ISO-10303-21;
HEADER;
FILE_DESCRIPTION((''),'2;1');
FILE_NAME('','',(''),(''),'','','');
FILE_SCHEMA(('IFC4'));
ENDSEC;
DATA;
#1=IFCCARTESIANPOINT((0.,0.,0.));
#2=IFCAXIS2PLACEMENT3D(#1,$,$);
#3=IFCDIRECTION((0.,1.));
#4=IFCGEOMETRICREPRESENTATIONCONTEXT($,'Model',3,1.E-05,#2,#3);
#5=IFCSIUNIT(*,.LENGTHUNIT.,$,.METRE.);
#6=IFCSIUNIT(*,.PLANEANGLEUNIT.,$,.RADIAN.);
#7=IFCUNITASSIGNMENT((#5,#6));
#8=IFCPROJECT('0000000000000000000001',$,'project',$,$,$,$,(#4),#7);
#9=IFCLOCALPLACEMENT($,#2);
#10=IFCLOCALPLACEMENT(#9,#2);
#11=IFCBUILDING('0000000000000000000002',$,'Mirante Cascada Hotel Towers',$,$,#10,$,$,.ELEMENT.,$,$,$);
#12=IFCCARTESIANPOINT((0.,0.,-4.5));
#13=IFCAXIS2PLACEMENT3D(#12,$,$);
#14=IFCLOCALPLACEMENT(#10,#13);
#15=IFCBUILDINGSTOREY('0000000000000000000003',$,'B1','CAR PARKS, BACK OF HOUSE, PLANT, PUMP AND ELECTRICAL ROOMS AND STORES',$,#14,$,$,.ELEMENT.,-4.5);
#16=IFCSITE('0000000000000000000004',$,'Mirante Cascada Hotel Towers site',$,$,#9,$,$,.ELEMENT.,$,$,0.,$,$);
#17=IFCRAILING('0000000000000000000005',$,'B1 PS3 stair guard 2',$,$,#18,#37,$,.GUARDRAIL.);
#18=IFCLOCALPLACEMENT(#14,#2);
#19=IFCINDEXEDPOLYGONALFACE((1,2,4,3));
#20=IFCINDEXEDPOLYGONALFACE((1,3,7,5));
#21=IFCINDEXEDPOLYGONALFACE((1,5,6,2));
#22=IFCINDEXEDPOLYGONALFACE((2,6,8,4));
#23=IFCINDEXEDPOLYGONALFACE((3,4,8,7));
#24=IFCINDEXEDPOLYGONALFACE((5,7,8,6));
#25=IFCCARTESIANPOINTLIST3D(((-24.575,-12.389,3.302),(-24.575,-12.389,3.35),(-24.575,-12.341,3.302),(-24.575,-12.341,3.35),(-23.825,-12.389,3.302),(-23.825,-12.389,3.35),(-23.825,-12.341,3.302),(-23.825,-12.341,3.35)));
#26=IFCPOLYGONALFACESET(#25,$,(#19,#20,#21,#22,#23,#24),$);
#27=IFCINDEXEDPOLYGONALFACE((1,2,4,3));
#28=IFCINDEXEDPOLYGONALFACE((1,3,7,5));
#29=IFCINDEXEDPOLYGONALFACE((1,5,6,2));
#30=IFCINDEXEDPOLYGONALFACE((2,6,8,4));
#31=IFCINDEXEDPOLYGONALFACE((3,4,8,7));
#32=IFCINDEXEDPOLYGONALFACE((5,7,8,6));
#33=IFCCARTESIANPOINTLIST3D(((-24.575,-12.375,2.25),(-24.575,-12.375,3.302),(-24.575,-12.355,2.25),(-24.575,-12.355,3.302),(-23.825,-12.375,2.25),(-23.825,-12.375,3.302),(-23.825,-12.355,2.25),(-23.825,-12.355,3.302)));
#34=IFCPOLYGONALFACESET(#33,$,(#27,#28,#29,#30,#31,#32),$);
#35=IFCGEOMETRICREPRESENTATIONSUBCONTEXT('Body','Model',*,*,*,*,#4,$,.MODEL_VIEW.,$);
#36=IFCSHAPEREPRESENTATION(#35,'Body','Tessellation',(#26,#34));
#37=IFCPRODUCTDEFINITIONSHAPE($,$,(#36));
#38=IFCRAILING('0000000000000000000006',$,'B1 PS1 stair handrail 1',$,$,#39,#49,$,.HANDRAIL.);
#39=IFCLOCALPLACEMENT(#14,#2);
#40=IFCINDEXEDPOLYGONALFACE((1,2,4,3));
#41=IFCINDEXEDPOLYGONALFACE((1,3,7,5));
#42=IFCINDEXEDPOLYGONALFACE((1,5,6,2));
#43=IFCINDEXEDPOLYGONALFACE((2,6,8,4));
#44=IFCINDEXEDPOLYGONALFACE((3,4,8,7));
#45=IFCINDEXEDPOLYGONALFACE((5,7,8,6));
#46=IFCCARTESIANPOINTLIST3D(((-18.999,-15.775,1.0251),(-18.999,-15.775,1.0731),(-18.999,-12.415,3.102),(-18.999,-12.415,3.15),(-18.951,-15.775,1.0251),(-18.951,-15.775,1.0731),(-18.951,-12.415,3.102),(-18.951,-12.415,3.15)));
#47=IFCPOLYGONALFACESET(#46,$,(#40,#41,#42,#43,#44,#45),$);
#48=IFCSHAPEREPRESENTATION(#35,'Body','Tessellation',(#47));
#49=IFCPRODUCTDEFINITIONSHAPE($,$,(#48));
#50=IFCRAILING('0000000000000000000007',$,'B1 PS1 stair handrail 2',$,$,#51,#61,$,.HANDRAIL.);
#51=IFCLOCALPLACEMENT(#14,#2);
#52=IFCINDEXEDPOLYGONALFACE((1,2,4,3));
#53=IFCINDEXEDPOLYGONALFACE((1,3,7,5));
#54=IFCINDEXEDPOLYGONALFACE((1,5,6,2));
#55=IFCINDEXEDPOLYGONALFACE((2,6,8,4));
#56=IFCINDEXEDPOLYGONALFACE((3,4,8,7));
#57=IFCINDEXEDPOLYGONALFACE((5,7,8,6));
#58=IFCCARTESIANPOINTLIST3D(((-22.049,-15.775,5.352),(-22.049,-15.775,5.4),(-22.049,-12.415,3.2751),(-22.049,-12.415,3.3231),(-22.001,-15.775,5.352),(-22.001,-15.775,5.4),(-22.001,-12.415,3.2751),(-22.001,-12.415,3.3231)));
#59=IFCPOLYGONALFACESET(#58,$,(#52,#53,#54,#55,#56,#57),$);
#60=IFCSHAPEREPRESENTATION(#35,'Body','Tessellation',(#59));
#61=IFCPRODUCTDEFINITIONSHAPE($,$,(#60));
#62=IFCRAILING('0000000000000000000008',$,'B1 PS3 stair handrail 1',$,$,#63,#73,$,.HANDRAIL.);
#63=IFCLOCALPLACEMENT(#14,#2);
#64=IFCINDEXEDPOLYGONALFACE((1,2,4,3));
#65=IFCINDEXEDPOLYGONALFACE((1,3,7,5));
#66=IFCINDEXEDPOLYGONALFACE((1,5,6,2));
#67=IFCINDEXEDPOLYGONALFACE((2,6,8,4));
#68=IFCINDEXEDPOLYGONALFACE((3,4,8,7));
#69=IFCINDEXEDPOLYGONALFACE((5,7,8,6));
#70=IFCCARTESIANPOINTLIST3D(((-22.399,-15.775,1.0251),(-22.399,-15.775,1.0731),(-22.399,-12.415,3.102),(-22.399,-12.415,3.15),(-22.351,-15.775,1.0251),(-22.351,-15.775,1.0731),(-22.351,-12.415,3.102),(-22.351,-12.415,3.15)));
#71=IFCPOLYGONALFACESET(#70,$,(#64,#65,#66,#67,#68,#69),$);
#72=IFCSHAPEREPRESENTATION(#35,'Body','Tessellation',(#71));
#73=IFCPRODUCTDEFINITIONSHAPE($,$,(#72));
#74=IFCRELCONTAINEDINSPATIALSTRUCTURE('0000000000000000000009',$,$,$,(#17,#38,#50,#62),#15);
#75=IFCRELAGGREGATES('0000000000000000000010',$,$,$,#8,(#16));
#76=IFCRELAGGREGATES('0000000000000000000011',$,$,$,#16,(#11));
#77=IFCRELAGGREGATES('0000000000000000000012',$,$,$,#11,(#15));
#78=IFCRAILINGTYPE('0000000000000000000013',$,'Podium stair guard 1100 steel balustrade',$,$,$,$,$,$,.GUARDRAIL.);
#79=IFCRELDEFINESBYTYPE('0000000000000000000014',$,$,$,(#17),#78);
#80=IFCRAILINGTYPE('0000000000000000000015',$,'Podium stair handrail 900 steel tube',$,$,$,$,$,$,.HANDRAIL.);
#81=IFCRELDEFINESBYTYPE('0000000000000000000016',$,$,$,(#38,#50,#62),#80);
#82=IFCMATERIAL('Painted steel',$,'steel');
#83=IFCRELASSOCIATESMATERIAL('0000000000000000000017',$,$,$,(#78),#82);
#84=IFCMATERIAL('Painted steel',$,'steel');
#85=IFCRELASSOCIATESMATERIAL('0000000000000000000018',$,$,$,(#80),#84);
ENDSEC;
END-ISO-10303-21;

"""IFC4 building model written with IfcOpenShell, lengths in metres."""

from ifc_helpers import new_model, si_unit, direction, frame, origin, origin_2d, place, context, subcontext, project, spatial, rectangle, extrude, material, type_object, element, save


model = new_model("IFC4")

# Units and contexts
model_context = context("Model", 3, precision=1e-05, world=origin(), true_north=direction((0.0, 1.0)))
body_context = subcontext(model_context, "Body", "Model", "MODEL_VIEW")
ifc_project = project(units=[si_unit("LENGTHUNIT", "METRE"), si_unit("PLANEANGLEUNIT", "RADIAN")], contexts=[model_context])

# Site, building, storey
site_placement = place(None, origin())
site = spatial("IfcSite", under=ifc_project, at=site_placement, Name="Mirante Cascada Hotel Towers site", CompositionType="ELEMENT", RefElevation=0.0)
building_placement = place(site_placement, origin())
building = spatial("IfcBuilding", under=site, at=building_placement, Name="Mirante Cascada Hotel Towers", CompositionType="ELEMENT")
storey_placement = place(building_placement, frame((0.0, 0.0, -4.5)))
storey = spatial("IfcBuildingStorey", under=building, at=storey_placement, Name="B1", Description="CAR PARKS, BACK OF HOUSE, PLANT, PUMP AND ELECTRICAL ROOMS AND STORES", CompositionType="ELEMENT", Elevation=-4.5)

# Railings
ifc_material_1 = material(Name="Painted steel", Category="steel")
railing_type_1 = type_object("IfcRailingType", Name="Podium stair guard 1100 steel balustrade", PredefinedType="GUARDRAIL", material=ifc_material_1)
railing_1_placement = place(storey_placement, frame((-23.825, -12.365, 2.25)))
element("IfcRailing", 1, at=railing_1_placement, inside=storey, type_object=railing_type_1, Name="B1 PS3 stair guard 2", PredefinedType="GUARDRAIL", context=body_context, shape_type="SweptSolid", body=[
    extrude(rectangle(XDim=0.048, YDim=0.048, at=origin_2d()), frame((0.0, 0.0, 1.076), z_axis=(-1.0, 0.0, 0.0), x_axis=(0.0, -1.0, 0.0)), (0.0, 0.0, 1.0), 0.75),
    extrude(rectangle(XDim=0.02, YDim=1.052, at=origin_2d()), frame((0.0, 0.0, 0.526), z_axis=(-1.0, 0.0, 0.0), x_axis=(0.0, -1.0, 0.0)), (0.0, 0.0, 1.0), 0.75),
])
ifc_material_2 = material(Name="Painted steel", Category="steel")
railing_type_2 = type_object("IfcRailingType", Name="Podium stair handrail 900 steel tube", PredefinedType="HANDRAIL", material=ifc_material_2)
railing_2_placement = place(storey_placement, frame((-18.975, -15.775, 0.1731)))
element("IfcRailing", 2, at=railing_2_placement, inside=storey, type_object=railing_type_2, Name="B1 PS1 stair handrail 1", PredefinedType="HANDRAIL", context=body_context, shape_type="SweptSolid", body=[
    extrude(rectangle(XDim=0.048, YDim=0.048, at=origin_2d()), frame((0.0, 0.0, 0.876), z_axis=(0.0, 1.0, 0.0), x_axis=(-1.0, 0.0, 0.0)), (0.0, 0.525787, 0.850616), 3.9501),
])
railing_3_placement = place(storey_placement, frame((-22.025, -12.415, 2.4231)))
element("IfcRailing", 3, at=railing_3_placement, inside=storey, type_object=railing_type_2, Name="B1 PS1 stair handrail 2", PredefinedType="HANDRAIL", context=body_context, shape_type="SweptSolid", body=[
    extrude(rectangle(XDim=0.048, YDim=0.048, at=origin_2d()), frame((0.0, 0.0, 0.876), z_axis=(0.0, -1.0, 0.0), x_axis=(1.0, 0.0, 0.0)), (0.0, 0.525787, 0.850616), 3.9501),
])
railing_4_placement = place(storey_placement, frame((-22.375, -15.775, 0.1731)))
element("IfcRailing", 4, at=railing_4_placement, inside=storey, type_object=railing_type_2, Name="B1 PS3 stair handrail 1", PredefinedType="HANDRAIL", context=body_context, shape_type="SweptSolid", body=[
    extrude(rectangle(XDim=0.048, YDim=0.048, at=origin_2d()), frame((0.0, 0.0, 0.876), z_axis=(0.0, 1.0, 0.0), x_axis=(-1.0, 0.0, 0.0)), (0.0, 0.525787, 0.850616), 3.9501),
])

save(model, "model.ifc")
